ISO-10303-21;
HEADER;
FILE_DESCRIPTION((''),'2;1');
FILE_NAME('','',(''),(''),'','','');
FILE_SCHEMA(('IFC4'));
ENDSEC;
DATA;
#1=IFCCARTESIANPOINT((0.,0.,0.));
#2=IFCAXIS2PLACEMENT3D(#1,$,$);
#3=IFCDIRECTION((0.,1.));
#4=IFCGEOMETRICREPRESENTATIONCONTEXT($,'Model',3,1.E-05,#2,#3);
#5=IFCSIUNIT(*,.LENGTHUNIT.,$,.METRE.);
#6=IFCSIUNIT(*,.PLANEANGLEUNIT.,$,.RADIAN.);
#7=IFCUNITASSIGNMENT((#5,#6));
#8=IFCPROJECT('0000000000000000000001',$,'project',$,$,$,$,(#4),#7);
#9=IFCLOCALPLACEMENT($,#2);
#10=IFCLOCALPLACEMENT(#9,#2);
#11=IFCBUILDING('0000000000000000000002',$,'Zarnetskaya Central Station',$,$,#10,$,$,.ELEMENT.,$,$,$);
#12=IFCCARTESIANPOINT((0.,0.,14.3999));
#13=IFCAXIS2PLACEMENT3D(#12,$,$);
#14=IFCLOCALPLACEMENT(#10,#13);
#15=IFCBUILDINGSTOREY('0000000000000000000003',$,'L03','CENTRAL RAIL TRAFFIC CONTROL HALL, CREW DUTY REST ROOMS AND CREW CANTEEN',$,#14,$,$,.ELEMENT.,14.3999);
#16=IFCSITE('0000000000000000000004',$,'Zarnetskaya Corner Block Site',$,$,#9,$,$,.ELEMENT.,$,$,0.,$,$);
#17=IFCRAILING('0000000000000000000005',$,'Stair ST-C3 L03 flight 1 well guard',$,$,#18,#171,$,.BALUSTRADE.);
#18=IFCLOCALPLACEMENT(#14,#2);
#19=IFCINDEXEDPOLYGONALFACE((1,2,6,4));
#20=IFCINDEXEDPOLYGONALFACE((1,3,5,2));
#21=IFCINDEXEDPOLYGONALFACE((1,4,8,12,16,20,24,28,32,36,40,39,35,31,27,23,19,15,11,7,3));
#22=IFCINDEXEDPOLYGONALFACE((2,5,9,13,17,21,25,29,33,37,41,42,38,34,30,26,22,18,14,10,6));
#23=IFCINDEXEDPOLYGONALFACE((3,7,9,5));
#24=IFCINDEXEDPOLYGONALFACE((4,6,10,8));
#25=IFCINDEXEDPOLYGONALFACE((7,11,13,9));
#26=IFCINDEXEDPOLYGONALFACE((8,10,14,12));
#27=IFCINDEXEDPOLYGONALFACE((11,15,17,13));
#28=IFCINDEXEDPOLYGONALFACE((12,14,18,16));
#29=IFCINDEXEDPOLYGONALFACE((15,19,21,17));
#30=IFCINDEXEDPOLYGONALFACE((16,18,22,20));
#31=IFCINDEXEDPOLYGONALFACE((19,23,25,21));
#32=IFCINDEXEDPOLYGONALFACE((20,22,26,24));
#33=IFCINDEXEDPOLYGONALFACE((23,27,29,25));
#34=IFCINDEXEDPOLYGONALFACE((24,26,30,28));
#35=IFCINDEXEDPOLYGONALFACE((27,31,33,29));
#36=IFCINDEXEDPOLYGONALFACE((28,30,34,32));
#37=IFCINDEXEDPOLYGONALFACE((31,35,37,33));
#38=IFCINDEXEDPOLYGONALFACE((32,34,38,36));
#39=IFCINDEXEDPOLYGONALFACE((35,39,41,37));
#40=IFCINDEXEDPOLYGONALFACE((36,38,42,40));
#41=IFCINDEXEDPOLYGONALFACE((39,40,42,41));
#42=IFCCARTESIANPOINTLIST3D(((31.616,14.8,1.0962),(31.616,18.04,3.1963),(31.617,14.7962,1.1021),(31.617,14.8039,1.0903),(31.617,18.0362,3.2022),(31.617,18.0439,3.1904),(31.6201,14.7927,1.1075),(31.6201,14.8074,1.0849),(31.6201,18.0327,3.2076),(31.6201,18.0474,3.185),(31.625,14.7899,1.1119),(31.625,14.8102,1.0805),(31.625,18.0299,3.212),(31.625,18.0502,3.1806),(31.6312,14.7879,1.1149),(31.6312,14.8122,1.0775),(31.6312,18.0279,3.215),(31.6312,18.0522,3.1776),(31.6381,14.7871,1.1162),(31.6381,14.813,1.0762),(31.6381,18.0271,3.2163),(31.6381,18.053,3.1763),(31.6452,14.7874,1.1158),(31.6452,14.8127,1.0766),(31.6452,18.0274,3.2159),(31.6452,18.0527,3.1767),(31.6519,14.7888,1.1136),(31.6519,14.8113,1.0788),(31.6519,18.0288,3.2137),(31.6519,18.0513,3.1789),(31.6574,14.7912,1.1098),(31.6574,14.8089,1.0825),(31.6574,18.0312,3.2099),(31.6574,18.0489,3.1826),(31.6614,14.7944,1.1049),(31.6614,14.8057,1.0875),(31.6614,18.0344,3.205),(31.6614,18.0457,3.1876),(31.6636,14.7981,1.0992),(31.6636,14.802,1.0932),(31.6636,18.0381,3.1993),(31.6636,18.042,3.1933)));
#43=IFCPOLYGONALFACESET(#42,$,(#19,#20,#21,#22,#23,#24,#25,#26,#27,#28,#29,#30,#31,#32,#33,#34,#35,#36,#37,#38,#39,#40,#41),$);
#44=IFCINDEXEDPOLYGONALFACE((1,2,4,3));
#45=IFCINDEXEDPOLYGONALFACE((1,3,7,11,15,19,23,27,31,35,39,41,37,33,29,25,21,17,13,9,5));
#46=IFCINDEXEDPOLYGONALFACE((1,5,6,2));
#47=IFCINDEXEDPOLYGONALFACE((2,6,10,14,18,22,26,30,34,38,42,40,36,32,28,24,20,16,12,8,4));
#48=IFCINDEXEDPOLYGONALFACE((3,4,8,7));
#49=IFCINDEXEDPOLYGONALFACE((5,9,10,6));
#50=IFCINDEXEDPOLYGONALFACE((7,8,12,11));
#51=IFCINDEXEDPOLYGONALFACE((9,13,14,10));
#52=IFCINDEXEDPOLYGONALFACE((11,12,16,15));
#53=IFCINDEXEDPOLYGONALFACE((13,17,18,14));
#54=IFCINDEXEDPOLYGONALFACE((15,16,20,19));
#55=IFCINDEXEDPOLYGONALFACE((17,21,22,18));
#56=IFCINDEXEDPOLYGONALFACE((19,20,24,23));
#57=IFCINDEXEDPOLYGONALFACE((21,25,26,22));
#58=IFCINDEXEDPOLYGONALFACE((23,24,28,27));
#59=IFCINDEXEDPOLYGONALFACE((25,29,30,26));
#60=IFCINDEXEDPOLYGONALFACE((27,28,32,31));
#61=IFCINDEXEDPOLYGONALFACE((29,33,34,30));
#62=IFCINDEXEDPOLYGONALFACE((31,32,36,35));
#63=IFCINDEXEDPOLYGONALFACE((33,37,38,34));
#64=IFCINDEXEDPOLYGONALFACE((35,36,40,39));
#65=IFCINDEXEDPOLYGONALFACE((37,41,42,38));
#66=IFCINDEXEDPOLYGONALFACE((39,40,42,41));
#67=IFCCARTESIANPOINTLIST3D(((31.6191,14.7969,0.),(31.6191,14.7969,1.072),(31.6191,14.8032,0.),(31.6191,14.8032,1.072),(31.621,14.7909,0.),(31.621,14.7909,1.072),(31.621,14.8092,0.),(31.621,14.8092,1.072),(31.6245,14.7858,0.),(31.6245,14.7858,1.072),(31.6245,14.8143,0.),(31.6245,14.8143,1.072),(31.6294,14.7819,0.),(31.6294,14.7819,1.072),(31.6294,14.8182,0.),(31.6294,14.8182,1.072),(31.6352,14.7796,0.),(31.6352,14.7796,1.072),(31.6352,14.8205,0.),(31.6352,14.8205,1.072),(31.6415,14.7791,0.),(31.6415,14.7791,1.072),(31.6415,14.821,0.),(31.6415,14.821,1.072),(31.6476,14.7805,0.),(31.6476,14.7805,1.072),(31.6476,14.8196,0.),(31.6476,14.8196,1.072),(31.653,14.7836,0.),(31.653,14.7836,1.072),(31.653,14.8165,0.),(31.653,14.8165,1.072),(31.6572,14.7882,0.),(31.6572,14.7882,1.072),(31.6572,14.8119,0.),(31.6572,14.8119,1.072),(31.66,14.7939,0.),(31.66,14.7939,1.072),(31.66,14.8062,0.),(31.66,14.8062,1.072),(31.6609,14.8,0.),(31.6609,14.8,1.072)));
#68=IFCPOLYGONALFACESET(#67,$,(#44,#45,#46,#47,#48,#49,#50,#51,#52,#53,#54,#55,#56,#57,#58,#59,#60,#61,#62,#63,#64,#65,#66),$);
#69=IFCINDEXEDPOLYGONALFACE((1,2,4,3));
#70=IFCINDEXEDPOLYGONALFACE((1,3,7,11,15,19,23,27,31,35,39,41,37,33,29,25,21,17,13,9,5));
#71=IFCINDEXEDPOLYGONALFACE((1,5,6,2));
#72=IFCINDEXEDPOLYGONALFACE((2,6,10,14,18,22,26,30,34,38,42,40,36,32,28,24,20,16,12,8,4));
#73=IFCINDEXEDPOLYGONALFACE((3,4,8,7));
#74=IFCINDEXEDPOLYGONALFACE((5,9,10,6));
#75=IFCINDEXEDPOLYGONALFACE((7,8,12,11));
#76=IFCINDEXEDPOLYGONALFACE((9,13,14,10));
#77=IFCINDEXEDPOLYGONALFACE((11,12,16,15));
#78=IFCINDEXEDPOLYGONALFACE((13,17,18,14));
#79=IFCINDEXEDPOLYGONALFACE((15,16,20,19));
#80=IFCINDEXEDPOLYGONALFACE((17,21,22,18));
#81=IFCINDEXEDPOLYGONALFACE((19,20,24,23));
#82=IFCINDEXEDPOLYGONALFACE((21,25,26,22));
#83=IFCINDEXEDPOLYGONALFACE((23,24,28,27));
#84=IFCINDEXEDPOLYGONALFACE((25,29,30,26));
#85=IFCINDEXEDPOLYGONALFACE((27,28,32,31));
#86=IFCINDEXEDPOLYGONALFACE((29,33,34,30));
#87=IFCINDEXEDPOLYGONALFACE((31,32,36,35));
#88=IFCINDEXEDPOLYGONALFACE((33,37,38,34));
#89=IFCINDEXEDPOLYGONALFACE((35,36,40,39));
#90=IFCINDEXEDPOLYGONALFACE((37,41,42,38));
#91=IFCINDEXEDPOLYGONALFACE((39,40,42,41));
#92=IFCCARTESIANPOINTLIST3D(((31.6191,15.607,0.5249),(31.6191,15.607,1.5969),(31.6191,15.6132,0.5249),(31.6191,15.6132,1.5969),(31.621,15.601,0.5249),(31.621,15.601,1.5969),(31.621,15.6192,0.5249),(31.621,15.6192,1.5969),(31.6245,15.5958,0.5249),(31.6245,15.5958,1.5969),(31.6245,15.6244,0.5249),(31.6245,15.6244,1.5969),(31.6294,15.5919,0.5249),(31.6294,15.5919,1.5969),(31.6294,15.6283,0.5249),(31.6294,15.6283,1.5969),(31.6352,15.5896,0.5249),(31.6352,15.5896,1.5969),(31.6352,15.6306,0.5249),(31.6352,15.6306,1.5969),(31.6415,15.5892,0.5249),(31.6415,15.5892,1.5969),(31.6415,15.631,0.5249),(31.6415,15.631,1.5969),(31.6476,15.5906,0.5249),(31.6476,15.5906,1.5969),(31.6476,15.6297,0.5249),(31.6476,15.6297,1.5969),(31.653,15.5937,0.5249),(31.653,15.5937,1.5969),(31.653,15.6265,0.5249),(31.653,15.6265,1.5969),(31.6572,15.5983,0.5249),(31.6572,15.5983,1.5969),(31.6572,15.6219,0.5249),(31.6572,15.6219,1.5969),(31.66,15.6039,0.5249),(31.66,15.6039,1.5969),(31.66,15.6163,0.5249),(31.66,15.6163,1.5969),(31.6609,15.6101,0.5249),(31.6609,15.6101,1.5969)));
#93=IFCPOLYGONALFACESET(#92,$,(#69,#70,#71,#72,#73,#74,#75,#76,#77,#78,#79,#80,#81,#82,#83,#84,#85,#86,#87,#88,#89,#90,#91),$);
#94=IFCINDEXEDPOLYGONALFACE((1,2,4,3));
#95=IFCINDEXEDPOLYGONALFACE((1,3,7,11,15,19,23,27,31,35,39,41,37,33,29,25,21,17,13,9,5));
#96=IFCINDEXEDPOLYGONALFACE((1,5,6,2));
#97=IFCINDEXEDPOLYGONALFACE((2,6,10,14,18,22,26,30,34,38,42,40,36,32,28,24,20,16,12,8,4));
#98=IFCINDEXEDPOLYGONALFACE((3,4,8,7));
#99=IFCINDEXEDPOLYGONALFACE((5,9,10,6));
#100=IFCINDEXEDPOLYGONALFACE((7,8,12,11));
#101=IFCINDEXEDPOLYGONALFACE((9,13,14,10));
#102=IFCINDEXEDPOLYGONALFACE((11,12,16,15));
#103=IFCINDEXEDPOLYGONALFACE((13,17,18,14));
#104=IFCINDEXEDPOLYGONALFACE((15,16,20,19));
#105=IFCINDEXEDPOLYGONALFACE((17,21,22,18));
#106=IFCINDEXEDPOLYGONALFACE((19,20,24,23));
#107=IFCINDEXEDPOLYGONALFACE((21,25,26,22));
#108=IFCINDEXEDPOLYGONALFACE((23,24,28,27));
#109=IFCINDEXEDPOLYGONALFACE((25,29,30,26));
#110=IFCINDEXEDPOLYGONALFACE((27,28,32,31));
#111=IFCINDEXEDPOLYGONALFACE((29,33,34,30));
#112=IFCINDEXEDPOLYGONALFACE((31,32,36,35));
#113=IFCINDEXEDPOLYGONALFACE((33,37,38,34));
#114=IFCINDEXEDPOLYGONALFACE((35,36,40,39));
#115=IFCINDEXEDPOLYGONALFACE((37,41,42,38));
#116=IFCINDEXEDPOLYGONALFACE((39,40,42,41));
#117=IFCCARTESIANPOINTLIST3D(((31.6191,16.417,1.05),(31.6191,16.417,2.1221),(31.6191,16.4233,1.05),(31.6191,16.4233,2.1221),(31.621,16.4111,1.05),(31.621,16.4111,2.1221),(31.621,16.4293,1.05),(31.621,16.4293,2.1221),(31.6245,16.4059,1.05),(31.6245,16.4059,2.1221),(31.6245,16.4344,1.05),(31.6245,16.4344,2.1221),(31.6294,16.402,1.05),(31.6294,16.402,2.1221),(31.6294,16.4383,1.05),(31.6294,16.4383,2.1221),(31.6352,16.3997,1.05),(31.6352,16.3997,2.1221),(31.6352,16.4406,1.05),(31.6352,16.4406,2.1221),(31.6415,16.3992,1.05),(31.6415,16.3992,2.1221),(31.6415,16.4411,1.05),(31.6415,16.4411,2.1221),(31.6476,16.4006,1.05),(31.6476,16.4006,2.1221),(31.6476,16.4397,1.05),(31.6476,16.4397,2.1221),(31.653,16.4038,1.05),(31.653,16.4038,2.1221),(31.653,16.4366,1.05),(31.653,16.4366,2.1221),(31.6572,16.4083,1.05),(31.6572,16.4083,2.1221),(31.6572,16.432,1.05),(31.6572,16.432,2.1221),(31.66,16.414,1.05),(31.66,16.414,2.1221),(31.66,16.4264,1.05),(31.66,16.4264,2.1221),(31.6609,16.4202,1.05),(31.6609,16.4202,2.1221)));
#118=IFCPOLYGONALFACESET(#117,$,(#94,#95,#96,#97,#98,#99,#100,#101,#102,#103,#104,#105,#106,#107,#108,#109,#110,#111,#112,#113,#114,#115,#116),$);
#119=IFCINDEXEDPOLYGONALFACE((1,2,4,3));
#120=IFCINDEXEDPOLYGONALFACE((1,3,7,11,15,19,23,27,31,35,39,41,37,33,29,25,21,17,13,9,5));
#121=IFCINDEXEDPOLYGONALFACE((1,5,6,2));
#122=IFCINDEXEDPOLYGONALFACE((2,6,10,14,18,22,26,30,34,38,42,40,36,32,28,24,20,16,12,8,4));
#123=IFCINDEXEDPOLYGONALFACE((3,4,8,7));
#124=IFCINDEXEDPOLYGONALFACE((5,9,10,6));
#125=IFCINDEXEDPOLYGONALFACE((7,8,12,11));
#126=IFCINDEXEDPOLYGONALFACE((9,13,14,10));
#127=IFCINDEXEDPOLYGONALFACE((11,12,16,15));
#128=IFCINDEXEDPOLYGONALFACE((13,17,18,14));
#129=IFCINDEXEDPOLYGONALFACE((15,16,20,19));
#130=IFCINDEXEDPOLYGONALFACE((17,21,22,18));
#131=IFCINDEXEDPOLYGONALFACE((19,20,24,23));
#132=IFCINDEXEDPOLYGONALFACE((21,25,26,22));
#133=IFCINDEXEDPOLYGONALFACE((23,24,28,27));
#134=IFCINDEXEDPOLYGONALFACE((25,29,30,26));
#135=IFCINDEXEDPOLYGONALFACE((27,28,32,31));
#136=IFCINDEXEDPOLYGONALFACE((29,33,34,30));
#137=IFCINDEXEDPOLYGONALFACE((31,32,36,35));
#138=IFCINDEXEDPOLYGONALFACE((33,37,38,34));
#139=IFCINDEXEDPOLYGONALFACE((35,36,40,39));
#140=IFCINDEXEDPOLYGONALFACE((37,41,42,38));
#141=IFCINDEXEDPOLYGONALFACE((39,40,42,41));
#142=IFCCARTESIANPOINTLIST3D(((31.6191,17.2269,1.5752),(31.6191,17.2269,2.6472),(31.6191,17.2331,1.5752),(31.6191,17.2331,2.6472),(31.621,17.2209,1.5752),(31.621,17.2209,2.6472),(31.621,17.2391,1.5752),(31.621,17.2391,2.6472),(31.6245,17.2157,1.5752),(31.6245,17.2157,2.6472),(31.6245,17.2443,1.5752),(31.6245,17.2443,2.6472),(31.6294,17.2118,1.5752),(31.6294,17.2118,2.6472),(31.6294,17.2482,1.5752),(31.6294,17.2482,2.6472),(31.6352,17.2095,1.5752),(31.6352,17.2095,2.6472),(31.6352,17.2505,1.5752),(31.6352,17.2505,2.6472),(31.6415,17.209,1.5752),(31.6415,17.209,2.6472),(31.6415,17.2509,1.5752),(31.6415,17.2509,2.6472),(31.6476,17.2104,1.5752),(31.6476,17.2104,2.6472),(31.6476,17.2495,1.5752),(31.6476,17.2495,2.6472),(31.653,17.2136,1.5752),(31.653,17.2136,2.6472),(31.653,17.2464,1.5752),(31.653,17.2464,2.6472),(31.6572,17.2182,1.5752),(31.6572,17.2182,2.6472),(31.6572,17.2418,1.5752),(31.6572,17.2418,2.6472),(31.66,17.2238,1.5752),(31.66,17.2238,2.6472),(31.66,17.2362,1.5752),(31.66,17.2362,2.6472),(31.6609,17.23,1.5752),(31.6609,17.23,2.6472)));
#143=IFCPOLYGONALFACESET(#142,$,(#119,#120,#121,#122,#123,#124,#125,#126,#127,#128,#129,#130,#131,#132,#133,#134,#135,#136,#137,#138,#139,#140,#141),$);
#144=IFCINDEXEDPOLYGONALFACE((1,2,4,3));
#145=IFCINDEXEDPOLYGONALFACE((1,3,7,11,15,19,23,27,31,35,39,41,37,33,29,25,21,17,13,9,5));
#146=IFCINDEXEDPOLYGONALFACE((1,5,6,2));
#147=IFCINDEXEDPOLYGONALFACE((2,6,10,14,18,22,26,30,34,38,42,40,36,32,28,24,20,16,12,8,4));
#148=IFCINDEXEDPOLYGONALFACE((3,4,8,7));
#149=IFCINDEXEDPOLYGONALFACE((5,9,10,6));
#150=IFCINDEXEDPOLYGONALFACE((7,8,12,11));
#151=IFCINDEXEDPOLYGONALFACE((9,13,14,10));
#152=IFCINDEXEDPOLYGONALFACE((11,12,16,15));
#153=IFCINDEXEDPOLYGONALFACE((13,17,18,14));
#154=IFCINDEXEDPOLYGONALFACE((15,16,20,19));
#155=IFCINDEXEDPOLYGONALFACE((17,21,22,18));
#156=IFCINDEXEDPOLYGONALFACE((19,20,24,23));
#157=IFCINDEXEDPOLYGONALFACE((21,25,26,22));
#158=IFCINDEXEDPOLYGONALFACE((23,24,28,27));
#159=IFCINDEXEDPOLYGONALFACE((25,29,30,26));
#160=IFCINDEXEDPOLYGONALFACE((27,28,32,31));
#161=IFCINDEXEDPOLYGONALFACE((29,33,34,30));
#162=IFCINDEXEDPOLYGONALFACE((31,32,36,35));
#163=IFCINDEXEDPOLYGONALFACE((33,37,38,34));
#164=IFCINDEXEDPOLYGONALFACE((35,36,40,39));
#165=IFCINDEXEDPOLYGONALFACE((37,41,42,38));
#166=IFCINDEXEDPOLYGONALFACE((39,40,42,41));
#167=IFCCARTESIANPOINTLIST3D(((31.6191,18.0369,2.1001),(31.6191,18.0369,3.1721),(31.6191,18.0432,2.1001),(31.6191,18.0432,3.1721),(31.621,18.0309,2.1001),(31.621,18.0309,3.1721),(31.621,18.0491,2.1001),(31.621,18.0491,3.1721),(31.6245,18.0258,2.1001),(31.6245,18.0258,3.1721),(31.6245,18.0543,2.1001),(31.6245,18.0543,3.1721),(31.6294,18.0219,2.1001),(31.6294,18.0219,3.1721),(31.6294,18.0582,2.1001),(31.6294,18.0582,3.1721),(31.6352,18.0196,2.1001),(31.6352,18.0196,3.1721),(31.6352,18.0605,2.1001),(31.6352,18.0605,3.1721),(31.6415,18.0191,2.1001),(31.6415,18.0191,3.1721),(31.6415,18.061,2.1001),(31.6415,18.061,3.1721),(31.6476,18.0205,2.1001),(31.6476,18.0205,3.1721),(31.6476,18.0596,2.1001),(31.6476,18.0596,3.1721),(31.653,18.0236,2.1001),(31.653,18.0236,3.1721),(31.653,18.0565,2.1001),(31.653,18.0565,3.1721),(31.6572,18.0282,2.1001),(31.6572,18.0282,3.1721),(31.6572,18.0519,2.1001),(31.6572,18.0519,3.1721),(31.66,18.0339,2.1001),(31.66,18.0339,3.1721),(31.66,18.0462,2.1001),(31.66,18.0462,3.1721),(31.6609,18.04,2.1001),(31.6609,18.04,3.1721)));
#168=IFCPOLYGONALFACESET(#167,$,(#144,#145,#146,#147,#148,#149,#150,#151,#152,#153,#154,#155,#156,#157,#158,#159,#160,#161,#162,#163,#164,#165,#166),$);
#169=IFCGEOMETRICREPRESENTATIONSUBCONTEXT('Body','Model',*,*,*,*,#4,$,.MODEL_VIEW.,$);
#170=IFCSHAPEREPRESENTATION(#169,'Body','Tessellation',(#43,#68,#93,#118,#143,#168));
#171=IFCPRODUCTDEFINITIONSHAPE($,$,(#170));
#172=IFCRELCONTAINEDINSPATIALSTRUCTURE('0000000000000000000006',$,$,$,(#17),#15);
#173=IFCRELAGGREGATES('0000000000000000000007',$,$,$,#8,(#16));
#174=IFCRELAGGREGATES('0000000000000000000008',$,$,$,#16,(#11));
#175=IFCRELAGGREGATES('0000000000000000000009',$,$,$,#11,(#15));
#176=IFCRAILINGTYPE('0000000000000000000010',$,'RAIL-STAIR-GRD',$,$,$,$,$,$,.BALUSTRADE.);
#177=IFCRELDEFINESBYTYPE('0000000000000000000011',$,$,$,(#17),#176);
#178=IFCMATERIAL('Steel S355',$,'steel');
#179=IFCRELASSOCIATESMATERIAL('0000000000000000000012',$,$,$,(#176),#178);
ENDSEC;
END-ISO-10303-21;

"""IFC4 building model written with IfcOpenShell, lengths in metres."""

from ifc_helpers import new_model, si_unit, direction, frame, origin, origin_2d, place, context, subcontext, project, spatial, circle, extrude, material, type_object, element, save


model = new_model("IFC4")

# Units and contexts
model_context = context("Model", 3, precision=1e-05, world=origin(), true_north=direction((0.0, 1.0)))
body_context = subcontext(model_context, "Body", "Model", "MODEL_VIEW")
ifc_project = project(units=[si_unit("LENGTHUNIT", "METRE"), si_unit("PLANEANGLEUNIT", "RADIAN")], contexts=[model_context])

# Site, building, storey
site_placement = place(None, origin())
site = spatial("IfcSite", under=ifc_project, at=site_placement, Name="Zarnetskaya Corner Block Site", CompositionType="ELEMENT", RefElevation=0.0)
building_placement = place(site_placement, origin())
building = spatial("IfcBuilding", under=site, at=building_placement, Name="Zarnetskaya Central Station", CompositionType="ELEMENT")
storey_placement = place(building_placement, frame((0.0, 0.0, 14.3999)))
storey = spatial("IfcBuildingStorey", under=building, at=storey_placement, Name="L03", Description="CENTRAL RAIL TRAFFIC CONTROL HALL, CREW DUTY REST ROOMS AND CREW CANTEEN", CompositionType="ELEMENT", Elevation=14.3999)

# Shared definitions
ifc_material_1 = material(Name="Steel S355", Category="steel")

# Railing
railing_type_1 = type_object("IfcRailingType", Name="RAIL-STAIR-GRD", PredefinedType="BALUSTRADE", material=ifc_material_1)
railing_1_placement = place(storey_placement, frame((31.6399, 14.8, 0.0)))
element("IfcRailing", 1, at=railing_1_placement, inside=storey, type_object=railing_type_1, Name="Stair ST-C3 L03 flight 1 well guard", PredefinedType="BALUSTRADE", context=body_context, shape_type="SweptSolid", body=[
    extrude(circle(Radius=0.0239, at=origin_2d()), frame((0.0, 0.0, 1.0962), z_axis=(0.0, 0.839141, 0.543914), x_axis=(-1.0, 0.0, 0.0)), (0.0, 0.0, 1.0), 3.8611),
    extrude(circle(Radius=0.021, at=origin_2d()), origin(), (0.0, 0.0, 1.0), 1.072),
    extrude(circle(Radius=0.021, at=origin_2d()), frame((0.0, 0.8101, 0.5249)), (0.0, 0.0, 1.0), 1.072),
    extrude(circle(Radius=0.021, at=origin_2d()), frame((0.0, 1.6201, 1.05)), (0.0, 0.0, 1.0), 1.072),
    extrude(circle(Radius=0.021, at=origin_2d()), frame((0.0, 2.4299, 1.5752)), (0.0, 0.0, 1.0), 1.072),
    extrude(circle(Radius=0.021, at=origin_2d()), frame((0.0, 3.24, 2.1001)), (0.0, 0.0, 1.0), 1.072),
])

save(model, "model.ifc")
